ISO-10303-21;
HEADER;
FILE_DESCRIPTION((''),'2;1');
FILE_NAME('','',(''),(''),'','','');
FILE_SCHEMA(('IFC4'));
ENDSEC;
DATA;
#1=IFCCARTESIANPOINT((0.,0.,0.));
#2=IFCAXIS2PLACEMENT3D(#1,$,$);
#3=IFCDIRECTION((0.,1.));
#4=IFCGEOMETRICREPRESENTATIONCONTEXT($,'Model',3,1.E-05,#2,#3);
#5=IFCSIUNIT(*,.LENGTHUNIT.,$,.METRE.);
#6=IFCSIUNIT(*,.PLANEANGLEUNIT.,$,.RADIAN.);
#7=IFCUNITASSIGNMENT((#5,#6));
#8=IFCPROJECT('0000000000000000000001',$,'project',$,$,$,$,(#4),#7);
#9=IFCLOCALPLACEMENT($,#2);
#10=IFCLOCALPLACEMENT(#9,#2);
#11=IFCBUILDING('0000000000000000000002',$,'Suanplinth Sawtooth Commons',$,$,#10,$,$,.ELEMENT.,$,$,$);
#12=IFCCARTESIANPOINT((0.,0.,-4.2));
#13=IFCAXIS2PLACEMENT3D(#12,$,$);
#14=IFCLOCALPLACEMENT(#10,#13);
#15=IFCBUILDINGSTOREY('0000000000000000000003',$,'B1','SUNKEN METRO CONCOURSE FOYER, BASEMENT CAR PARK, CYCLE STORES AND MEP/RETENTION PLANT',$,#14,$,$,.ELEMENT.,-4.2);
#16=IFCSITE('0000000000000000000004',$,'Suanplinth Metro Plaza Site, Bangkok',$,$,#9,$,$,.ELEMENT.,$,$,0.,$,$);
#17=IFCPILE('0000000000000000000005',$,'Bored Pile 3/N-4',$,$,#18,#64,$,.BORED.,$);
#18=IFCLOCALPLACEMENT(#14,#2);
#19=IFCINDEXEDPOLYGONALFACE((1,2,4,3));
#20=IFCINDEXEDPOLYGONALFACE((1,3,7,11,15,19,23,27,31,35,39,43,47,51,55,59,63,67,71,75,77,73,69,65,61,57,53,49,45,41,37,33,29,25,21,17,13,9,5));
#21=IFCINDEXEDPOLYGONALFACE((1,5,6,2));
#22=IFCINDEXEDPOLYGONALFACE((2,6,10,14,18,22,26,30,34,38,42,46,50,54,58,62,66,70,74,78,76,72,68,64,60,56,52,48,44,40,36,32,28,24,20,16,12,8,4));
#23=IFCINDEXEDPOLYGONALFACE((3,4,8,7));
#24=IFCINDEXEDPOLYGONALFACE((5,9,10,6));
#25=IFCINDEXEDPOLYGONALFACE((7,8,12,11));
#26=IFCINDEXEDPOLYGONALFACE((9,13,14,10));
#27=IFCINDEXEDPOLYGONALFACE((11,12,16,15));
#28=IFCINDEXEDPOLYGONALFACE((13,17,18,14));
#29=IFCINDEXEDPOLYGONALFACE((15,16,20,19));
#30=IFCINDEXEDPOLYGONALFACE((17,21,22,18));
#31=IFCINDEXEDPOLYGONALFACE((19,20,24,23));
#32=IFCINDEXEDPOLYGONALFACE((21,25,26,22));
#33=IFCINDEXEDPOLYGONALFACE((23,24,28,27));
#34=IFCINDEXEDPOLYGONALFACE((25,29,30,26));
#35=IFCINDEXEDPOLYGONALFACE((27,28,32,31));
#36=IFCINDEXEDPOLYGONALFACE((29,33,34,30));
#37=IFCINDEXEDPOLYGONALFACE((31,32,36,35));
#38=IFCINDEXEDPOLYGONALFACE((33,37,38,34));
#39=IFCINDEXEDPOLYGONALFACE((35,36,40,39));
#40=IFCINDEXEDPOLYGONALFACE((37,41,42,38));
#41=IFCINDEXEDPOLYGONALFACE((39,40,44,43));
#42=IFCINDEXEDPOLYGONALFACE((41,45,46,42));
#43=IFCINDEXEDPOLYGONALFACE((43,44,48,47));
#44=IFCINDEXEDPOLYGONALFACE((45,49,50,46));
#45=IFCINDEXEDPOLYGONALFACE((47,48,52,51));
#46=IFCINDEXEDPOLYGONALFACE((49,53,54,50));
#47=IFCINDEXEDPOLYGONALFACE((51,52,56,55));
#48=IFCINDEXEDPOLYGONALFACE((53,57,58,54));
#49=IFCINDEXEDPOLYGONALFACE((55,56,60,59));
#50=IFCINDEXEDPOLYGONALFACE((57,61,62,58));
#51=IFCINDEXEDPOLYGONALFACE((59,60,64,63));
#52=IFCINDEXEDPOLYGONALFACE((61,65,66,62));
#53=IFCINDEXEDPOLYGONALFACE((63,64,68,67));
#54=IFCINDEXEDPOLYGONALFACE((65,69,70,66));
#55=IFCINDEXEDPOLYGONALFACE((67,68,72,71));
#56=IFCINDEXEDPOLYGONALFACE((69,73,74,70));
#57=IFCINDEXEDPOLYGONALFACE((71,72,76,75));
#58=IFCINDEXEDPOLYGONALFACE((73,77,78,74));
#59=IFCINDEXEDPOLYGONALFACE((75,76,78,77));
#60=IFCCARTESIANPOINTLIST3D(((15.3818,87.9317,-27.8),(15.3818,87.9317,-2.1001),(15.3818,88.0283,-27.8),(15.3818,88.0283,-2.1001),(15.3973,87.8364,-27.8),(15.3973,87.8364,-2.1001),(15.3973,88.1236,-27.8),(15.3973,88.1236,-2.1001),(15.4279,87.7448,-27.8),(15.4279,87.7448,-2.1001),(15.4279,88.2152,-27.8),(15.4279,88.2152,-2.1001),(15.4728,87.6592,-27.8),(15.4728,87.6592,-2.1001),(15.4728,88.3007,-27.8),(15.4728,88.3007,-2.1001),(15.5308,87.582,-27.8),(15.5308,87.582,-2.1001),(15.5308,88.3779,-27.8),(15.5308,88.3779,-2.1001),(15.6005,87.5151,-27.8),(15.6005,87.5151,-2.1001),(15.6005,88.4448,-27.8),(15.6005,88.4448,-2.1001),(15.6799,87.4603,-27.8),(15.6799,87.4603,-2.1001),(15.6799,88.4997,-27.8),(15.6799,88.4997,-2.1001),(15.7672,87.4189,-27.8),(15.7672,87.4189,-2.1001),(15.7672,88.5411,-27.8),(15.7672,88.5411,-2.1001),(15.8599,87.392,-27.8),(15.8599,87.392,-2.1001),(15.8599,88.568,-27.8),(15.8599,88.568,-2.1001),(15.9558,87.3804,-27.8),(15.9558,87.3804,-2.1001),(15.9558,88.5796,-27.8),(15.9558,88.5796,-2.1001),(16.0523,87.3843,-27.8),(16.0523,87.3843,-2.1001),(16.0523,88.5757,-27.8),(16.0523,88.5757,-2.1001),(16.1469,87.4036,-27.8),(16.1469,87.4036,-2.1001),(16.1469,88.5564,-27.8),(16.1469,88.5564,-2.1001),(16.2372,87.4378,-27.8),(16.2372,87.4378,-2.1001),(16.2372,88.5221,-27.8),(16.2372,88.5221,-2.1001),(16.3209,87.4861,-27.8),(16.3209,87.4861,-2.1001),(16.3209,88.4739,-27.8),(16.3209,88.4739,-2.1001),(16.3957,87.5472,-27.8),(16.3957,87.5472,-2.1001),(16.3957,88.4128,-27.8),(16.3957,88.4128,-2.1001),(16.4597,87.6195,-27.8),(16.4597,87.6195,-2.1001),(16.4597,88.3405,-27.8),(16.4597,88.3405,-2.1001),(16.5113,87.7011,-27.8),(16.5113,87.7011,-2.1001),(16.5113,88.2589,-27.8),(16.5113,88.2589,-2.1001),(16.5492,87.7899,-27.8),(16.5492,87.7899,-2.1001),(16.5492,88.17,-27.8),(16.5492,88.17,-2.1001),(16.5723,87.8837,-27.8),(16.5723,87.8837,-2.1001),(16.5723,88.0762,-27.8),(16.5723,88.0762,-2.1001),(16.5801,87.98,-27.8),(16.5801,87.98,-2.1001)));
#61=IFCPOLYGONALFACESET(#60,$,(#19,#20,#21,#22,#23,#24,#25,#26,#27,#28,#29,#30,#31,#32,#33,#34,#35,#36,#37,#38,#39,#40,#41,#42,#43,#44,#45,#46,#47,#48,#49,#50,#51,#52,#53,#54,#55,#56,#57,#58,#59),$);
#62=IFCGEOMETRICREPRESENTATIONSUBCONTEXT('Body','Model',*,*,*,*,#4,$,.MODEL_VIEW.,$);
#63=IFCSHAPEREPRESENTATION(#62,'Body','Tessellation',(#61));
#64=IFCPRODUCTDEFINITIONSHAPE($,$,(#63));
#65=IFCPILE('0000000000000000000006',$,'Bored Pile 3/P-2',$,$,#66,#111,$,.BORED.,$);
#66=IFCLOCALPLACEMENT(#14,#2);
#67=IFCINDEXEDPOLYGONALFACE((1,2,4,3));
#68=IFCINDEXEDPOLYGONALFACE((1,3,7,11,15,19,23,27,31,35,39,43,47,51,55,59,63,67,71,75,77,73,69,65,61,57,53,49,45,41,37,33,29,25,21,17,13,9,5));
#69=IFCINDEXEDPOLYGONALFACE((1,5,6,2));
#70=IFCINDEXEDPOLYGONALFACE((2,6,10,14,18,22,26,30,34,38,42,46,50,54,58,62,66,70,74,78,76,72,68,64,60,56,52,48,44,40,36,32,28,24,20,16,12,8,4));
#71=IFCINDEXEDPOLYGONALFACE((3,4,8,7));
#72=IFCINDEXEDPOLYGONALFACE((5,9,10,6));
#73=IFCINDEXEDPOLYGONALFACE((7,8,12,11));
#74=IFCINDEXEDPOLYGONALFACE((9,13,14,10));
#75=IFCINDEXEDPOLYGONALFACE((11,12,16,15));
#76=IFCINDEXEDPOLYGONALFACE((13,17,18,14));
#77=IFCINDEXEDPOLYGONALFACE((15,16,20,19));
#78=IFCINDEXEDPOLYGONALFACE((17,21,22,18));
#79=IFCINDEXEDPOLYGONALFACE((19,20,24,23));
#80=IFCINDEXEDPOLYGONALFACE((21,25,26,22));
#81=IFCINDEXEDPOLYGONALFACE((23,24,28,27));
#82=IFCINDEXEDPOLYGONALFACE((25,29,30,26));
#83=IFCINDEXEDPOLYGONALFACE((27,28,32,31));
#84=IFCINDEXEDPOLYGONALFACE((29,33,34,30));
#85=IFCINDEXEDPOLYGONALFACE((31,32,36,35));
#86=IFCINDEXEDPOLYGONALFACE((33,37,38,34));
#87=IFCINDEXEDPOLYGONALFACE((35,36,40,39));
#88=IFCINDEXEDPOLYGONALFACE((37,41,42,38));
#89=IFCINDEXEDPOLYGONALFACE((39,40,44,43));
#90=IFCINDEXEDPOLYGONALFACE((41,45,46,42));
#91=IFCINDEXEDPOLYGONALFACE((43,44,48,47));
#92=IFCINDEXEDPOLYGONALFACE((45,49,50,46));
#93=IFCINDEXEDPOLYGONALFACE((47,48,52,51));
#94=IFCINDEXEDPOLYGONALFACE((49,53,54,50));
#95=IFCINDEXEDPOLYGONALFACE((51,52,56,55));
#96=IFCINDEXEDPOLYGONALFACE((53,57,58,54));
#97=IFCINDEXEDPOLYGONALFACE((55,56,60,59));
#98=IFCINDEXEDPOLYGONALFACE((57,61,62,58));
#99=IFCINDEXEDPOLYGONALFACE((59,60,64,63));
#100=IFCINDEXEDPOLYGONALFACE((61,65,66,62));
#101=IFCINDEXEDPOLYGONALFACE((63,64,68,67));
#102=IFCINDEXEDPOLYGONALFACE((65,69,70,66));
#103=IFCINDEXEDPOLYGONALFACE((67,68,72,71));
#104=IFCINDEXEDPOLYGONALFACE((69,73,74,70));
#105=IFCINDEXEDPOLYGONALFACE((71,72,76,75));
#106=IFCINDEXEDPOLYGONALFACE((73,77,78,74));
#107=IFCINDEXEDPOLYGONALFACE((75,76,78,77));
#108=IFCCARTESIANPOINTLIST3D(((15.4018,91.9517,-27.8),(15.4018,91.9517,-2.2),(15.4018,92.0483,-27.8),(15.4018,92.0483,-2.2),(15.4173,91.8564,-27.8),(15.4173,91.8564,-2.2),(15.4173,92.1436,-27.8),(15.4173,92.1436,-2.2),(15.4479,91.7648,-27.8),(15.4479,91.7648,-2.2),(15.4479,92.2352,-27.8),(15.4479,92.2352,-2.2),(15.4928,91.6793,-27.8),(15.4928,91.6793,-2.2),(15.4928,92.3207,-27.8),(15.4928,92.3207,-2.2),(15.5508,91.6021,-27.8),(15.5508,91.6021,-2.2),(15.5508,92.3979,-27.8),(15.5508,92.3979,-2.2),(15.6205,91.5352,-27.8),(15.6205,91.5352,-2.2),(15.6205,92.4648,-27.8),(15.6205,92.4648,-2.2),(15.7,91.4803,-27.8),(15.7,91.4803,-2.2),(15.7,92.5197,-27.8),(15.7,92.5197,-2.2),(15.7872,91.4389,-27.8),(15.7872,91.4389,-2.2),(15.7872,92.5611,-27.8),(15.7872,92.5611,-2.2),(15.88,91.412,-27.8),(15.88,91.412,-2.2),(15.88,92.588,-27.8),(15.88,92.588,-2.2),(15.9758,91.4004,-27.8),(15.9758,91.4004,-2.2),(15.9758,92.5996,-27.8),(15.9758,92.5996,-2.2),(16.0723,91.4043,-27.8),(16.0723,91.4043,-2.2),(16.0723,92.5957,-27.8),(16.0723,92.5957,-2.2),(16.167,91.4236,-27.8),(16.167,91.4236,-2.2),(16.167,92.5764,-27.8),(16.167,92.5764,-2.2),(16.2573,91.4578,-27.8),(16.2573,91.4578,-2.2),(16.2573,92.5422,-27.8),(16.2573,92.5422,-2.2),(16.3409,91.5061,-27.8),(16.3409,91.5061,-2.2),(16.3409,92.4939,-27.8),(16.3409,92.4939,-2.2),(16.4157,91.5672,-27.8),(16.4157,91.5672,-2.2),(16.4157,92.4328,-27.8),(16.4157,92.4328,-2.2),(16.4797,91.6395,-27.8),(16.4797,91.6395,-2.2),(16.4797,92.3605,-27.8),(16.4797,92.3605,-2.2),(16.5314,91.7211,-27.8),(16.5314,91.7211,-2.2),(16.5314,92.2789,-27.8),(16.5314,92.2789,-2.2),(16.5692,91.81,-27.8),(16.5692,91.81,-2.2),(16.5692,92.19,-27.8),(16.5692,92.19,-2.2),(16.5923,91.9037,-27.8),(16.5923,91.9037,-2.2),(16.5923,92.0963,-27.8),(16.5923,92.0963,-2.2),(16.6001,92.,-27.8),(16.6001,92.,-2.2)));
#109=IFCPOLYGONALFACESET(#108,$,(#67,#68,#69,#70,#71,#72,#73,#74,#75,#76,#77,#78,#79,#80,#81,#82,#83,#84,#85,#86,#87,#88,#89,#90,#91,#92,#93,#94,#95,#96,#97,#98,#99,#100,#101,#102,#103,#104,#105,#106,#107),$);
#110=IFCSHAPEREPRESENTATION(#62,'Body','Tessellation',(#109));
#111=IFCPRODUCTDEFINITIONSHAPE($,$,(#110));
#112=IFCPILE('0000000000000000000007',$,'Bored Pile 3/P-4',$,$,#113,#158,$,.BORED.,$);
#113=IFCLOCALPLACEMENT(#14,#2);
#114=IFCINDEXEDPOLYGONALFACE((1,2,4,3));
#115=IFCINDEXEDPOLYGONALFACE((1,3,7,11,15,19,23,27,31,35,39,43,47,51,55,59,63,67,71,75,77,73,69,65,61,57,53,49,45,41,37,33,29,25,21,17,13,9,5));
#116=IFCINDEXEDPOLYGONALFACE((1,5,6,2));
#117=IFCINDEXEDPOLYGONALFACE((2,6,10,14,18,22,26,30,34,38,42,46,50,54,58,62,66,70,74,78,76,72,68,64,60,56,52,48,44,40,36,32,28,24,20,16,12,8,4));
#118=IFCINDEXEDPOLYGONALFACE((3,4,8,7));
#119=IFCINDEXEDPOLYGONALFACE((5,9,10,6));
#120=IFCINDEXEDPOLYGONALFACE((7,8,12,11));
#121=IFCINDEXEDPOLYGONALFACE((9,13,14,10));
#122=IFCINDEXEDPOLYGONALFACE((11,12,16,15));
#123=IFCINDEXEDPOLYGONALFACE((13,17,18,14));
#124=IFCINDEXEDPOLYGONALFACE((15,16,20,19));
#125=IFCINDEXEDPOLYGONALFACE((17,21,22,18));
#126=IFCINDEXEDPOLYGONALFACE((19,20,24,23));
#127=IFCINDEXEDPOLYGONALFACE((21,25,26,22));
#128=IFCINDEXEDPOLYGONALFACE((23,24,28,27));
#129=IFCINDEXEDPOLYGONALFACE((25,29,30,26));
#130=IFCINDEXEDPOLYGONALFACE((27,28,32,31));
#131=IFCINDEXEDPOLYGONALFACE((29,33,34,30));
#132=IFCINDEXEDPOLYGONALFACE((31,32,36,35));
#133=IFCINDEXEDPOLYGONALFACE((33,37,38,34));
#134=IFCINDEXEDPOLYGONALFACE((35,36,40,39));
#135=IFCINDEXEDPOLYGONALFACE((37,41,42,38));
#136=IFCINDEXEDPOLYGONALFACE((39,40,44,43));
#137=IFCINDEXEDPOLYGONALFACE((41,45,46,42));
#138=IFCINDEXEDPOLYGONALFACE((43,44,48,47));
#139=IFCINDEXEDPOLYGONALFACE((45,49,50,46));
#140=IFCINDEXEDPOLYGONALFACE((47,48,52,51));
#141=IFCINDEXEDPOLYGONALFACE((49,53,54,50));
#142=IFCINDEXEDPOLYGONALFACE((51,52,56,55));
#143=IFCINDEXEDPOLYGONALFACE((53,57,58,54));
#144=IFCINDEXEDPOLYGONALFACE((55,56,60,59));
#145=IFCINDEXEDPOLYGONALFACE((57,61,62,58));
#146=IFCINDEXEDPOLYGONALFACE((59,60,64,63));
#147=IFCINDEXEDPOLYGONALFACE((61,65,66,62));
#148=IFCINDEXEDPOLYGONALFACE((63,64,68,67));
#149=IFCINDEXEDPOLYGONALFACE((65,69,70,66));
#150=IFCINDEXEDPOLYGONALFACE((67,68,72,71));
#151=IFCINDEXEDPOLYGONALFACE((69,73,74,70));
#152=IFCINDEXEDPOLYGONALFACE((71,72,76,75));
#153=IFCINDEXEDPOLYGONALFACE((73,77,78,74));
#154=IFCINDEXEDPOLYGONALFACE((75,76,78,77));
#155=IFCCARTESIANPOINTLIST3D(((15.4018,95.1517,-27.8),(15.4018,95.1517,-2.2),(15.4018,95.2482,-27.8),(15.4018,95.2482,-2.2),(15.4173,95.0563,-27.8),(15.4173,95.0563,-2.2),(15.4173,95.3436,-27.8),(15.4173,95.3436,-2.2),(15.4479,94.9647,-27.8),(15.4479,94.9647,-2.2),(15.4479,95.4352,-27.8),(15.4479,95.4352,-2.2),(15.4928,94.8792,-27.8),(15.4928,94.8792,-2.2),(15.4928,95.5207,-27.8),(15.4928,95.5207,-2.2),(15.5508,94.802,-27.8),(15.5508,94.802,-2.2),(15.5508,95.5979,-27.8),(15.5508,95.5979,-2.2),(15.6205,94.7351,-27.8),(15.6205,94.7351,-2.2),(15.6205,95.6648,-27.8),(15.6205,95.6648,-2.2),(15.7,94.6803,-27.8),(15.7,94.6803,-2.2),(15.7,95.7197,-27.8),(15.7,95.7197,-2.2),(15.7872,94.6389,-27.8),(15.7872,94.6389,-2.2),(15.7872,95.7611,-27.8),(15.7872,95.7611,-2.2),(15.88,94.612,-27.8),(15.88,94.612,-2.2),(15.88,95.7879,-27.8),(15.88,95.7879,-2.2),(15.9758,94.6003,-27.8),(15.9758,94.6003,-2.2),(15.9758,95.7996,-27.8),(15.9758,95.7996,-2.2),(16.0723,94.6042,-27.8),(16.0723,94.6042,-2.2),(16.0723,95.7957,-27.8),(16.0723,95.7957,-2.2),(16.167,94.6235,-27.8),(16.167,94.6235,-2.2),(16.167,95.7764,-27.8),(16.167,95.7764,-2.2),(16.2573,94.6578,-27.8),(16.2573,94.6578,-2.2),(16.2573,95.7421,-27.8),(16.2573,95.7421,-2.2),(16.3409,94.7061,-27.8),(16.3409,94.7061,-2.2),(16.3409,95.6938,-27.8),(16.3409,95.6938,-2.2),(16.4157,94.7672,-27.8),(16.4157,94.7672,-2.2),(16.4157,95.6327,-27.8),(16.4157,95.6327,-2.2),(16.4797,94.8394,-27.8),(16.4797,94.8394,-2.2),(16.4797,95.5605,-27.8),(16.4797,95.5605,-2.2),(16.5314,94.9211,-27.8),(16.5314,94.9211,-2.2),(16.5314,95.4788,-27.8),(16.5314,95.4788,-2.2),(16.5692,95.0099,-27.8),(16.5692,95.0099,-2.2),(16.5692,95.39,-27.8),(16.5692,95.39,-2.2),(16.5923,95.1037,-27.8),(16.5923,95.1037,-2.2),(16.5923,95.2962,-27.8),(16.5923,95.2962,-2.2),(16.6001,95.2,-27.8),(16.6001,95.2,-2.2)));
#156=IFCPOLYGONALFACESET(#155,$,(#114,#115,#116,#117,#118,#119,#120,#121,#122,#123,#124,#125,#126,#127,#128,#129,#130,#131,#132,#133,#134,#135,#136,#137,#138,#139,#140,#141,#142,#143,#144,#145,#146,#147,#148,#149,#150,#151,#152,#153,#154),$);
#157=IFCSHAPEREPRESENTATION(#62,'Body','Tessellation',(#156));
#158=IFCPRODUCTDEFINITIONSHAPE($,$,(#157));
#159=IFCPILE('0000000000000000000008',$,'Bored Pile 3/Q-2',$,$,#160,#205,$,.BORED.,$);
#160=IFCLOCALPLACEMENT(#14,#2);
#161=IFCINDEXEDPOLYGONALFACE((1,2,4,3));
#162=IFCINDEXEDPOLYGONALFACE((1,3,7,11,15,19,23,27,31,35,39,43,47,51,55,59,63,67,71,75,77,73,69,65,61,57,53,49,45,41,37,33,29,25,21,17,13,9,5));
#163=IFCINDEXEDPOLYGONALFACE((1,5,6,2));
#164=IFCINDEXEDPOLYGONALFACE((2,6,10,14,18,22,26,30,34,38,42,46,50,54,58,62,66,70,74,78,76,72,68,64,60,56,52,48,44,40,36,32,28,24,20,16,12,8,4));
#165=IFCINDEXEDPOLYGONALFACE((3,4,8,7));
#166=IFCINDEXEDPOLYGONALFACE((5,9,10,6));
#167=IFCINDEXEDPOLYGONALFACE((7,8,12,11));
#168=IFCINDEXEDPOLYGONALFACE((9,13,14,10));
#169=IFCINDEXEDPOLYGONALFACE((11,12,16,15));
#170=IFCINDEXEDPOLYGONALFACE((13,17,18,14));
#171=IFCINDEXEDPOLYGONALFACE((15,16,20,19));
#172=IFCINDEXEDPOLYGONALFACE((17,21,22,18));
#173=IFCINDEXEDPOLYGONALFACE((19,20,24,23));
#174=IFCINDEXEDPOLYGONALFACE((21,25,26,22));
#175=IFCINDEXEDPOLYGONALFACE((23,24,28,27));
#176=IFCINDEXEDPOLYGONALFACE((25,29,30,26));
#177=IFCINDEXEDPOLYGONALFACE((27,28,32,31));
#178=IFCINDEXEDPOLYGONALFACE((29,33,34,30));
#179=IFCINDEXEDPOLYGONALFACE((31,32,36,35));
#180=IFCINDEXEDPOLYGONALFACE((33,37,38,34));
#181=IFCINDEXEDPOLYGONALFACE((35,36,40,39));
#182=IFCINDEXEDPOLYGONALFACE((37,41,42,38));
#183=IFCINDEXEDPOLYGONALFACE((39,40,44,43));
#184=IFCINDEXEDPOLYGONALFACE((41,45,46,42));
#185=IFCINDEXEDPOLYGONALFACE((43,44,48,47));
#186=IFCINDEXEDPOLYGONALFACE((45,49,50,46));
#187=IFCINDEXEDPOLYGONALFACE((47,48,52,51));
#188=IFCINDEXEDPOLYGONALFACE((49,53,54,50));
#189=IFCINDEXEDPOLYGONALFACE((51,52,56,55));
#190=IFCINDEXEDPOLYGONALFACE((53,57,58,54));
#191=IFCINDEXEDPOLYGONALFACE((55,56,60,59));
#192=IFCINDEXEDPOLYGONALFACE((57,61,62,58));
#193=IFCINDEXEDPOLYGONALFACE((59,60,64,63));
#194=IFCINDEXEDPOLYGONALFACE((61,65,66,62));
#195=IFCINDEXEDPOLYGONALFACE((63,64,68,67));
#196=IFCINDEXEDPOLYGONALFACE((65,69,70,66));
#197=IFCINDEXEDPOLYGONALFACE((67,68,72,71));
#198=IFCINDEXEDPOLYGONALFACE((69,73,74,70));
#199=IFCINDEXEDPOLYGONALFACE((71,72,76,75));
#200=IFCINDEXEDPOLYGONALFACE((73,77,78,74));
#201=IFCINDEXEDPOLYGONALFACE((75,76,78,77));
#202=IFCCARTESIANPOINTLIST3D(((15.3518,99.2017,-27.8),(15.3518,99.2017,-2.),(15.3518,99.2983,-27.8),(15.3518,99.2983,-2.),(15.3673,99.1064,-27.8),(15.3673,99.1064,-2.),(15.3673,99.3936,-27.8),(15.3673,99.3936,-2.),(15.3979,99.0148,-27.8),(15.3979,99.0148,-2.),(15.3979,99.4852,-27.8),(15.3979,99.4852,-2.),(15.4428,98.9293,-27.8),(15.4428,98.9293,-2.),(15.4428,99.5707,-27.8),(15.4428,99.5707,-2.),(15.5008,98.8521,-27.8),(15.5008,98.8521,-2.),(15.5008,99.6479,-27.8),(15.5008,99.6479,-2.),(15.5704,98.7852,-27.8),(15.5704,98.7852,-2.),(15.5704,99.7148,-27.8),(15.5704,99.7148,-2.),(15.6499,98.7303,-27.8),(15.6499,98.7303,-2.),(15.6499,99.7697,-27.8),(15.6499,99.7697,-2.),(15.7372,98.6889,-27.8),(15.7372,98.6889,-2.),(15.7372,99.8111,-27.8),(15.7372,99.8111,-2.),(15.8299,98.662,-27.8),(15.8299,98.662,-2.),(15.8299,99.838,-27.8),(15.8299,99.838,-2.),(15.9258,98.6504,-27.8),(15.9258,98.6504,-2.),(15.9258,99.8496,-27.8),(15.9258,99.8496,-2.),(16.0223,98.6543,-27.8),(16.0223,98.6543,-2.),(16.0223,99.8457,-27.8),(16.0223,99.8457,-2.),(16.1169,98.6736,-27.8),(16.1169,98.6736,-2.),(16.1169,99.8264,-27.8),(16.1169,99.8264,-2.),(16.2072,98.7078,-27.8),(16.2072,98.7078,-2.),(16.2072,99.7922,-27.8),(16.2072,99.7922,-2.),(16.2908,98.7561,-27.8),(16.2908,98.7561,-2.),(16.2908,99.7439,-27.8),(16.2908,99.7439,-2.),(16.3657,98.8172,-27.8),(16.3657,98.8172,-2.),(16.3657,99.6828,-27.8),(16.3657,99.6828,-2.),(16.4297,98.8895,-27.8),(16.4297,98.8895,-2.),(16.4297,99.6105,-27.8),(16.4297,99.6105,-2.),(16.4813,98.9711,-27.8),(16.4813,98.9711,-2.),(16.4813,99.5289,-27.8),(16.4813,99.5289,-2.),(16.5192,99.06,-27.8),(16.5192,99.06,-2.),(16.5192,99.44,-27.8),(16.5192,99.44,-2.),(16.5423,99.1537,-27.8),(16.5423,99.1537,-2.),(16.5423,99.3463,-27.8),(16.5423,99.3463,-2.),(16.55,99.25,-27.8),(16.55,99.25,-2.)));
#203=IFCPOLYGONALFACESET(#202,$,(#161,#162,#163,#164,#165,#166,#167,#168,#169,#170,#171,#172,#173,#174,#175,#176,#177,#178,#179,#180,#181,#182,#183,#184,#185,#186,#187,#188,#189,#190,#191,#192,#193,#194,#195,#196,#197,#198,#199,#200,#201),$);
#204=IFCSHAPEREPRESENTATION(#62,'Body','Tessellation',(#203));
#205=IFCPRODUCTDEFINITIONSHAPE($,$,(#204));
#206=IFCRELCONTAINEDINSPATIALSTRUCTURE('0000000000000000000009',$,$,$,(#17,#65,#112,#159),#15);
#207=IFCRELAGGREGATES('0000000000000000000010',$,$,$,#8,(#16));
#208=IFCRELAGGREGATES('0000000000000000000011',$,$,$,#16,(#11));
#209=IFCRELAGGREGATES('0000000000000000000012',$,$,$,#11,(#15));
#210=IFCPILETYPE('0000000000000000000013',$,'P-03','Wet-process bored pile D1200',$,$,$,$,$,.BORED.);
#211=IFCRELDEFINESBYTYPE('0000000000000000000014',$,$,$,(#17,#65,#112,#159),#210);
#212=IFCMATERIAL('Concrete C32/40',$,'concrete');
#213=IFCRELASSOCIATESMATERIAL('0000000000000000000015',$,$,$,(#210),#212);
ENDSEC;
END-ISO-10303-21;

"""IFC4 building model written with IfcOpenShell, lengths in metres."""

from ifc_helpers import new_model, si_unit, direction, frame, origin, origin_2d, place, context, subcontext, project, spatial, circle, extrude, material, material_profile, profile_set, type_object, element, save


model = new_model("IFC4")

# Units and contexts
model_context = context("Model", 3, precision=1e-05, world=origin(), true_north=direction((0.0, 1.0)))
body_context = subcontext(model_context, "Body", "Model", "MODEL_VIEW")
ifc_project = project(units=[si_unit("LENGTHUNIT", "METRE"), si_unit("PLANEANGLEUNIT", "RADIAN")], contexts=[model_context])

# Site, building, storey
site_placement = place(None, origin())
site = spatial("IfcSite", under=ifc_project, at=site_placement, Name="Suanplinth Metro Plaza Site, Bangkok", CompositionType="ELEMENT", RefElevation=0.0)
building_placement = place(site_placement, origin())
building = spatial("IfcBuilding", under=site, at=building_placement, Name="Suanplinth Sawtooth Commons", CompositionType="ELEMENT")
storey_placement = place(building_placement, frame((0.0, 0.0, -4.2)))
storey = spatial("IfcBuildingStorey", under=building, at=storey_placement, Name="B1", Description="SUNKEN METRO CONCOURSE FOYER, BASEMENT CAR PARK, CYCLE STORES AND MEP/RETENTION PLANT", CompositionType="ELEMENT", Elevation=-4.2)

# Piles
ifc_material_1 = material(Name="Concrete C32/40", Category="concrete")
ifc_material_profile_1 = material_profile(ifc_material_1, circle(Radius=0.6001, at=origin_2d()), Name="PILE D1200")
ifc_profile_set_1 = profile_set([ifc_material_profile_1], Name="Concrete C32/40")
pile_type_1 = type_object("IfcPileType", Name="P-03", Description="Wet-process bored pile D1200", PredefinedType="BORED", material=ifc_profile_set_1)
pile_1_placement = place(storey_placement, frame((15.98, 87.98, -2.1001), z_axis=(0.0, 0.0, -1.0), x_axis=(1.0, 0.0, 0.0)))
element("IfcPile", 1, at=pile_1_placement, inside=storey, type_object=pile_type_1, Name="Bored Pile 3/N-4", PredefinedType="BORED", context=body_context, shape_type="SweptSolid", body=[
    extrude(circle(Radius=0.6001, at=origin_2d()), origin(), (0.0, 0.0, 1.0), 25.7),
])
for number, where, z_axis, x_axis, name in (
    (2, (16.0, 92.0, -2.2), (0.0, 0.0, -1.0), (1.0, 0.0, 0.0), "Bored Pile 3/P-2"),
    (3, (16.0, 95.2, -2.2), (0.0, 0.0, -1.0), (1.0, 0.0, 0.0), "Bored Pile 3/P-4"),
):
    element("IfcPile", number, at=place(storey_placement, frame(where, z_axis=z_axis, x_axis=x_axis)), inside=storey, type_object=pile_type_1, Name=name, PredefinedType="BORED", context=body_context, shape_type="SweptSolid", body=[
        extrude(circle(Radius=0.6001, at=origin_2d()), origin(), (0.0, 0.0, 1.0), 25.6001),
    ])
pile_2_placement = place(storey_placement, frame((15.95, 99.25, -2.0), z_axis=(0.0, 0.0, -1.0), x_axis=(1.0, 0.0, 0.0)))
element("IfcPile", 4, at=pile_2_placement, inside=storey, type_object=pile_type_1, Name="Bored Pile 3/Q-2", PredefinedType="BORED", context=body_context, shape_type="SweptSolid", body=[
    extrude(circle(Radius=0.6001, at=origin_2d()), origin(), (0.0, 0.0, 1.0), 25.8),
])

save(model, "model.ifc")
